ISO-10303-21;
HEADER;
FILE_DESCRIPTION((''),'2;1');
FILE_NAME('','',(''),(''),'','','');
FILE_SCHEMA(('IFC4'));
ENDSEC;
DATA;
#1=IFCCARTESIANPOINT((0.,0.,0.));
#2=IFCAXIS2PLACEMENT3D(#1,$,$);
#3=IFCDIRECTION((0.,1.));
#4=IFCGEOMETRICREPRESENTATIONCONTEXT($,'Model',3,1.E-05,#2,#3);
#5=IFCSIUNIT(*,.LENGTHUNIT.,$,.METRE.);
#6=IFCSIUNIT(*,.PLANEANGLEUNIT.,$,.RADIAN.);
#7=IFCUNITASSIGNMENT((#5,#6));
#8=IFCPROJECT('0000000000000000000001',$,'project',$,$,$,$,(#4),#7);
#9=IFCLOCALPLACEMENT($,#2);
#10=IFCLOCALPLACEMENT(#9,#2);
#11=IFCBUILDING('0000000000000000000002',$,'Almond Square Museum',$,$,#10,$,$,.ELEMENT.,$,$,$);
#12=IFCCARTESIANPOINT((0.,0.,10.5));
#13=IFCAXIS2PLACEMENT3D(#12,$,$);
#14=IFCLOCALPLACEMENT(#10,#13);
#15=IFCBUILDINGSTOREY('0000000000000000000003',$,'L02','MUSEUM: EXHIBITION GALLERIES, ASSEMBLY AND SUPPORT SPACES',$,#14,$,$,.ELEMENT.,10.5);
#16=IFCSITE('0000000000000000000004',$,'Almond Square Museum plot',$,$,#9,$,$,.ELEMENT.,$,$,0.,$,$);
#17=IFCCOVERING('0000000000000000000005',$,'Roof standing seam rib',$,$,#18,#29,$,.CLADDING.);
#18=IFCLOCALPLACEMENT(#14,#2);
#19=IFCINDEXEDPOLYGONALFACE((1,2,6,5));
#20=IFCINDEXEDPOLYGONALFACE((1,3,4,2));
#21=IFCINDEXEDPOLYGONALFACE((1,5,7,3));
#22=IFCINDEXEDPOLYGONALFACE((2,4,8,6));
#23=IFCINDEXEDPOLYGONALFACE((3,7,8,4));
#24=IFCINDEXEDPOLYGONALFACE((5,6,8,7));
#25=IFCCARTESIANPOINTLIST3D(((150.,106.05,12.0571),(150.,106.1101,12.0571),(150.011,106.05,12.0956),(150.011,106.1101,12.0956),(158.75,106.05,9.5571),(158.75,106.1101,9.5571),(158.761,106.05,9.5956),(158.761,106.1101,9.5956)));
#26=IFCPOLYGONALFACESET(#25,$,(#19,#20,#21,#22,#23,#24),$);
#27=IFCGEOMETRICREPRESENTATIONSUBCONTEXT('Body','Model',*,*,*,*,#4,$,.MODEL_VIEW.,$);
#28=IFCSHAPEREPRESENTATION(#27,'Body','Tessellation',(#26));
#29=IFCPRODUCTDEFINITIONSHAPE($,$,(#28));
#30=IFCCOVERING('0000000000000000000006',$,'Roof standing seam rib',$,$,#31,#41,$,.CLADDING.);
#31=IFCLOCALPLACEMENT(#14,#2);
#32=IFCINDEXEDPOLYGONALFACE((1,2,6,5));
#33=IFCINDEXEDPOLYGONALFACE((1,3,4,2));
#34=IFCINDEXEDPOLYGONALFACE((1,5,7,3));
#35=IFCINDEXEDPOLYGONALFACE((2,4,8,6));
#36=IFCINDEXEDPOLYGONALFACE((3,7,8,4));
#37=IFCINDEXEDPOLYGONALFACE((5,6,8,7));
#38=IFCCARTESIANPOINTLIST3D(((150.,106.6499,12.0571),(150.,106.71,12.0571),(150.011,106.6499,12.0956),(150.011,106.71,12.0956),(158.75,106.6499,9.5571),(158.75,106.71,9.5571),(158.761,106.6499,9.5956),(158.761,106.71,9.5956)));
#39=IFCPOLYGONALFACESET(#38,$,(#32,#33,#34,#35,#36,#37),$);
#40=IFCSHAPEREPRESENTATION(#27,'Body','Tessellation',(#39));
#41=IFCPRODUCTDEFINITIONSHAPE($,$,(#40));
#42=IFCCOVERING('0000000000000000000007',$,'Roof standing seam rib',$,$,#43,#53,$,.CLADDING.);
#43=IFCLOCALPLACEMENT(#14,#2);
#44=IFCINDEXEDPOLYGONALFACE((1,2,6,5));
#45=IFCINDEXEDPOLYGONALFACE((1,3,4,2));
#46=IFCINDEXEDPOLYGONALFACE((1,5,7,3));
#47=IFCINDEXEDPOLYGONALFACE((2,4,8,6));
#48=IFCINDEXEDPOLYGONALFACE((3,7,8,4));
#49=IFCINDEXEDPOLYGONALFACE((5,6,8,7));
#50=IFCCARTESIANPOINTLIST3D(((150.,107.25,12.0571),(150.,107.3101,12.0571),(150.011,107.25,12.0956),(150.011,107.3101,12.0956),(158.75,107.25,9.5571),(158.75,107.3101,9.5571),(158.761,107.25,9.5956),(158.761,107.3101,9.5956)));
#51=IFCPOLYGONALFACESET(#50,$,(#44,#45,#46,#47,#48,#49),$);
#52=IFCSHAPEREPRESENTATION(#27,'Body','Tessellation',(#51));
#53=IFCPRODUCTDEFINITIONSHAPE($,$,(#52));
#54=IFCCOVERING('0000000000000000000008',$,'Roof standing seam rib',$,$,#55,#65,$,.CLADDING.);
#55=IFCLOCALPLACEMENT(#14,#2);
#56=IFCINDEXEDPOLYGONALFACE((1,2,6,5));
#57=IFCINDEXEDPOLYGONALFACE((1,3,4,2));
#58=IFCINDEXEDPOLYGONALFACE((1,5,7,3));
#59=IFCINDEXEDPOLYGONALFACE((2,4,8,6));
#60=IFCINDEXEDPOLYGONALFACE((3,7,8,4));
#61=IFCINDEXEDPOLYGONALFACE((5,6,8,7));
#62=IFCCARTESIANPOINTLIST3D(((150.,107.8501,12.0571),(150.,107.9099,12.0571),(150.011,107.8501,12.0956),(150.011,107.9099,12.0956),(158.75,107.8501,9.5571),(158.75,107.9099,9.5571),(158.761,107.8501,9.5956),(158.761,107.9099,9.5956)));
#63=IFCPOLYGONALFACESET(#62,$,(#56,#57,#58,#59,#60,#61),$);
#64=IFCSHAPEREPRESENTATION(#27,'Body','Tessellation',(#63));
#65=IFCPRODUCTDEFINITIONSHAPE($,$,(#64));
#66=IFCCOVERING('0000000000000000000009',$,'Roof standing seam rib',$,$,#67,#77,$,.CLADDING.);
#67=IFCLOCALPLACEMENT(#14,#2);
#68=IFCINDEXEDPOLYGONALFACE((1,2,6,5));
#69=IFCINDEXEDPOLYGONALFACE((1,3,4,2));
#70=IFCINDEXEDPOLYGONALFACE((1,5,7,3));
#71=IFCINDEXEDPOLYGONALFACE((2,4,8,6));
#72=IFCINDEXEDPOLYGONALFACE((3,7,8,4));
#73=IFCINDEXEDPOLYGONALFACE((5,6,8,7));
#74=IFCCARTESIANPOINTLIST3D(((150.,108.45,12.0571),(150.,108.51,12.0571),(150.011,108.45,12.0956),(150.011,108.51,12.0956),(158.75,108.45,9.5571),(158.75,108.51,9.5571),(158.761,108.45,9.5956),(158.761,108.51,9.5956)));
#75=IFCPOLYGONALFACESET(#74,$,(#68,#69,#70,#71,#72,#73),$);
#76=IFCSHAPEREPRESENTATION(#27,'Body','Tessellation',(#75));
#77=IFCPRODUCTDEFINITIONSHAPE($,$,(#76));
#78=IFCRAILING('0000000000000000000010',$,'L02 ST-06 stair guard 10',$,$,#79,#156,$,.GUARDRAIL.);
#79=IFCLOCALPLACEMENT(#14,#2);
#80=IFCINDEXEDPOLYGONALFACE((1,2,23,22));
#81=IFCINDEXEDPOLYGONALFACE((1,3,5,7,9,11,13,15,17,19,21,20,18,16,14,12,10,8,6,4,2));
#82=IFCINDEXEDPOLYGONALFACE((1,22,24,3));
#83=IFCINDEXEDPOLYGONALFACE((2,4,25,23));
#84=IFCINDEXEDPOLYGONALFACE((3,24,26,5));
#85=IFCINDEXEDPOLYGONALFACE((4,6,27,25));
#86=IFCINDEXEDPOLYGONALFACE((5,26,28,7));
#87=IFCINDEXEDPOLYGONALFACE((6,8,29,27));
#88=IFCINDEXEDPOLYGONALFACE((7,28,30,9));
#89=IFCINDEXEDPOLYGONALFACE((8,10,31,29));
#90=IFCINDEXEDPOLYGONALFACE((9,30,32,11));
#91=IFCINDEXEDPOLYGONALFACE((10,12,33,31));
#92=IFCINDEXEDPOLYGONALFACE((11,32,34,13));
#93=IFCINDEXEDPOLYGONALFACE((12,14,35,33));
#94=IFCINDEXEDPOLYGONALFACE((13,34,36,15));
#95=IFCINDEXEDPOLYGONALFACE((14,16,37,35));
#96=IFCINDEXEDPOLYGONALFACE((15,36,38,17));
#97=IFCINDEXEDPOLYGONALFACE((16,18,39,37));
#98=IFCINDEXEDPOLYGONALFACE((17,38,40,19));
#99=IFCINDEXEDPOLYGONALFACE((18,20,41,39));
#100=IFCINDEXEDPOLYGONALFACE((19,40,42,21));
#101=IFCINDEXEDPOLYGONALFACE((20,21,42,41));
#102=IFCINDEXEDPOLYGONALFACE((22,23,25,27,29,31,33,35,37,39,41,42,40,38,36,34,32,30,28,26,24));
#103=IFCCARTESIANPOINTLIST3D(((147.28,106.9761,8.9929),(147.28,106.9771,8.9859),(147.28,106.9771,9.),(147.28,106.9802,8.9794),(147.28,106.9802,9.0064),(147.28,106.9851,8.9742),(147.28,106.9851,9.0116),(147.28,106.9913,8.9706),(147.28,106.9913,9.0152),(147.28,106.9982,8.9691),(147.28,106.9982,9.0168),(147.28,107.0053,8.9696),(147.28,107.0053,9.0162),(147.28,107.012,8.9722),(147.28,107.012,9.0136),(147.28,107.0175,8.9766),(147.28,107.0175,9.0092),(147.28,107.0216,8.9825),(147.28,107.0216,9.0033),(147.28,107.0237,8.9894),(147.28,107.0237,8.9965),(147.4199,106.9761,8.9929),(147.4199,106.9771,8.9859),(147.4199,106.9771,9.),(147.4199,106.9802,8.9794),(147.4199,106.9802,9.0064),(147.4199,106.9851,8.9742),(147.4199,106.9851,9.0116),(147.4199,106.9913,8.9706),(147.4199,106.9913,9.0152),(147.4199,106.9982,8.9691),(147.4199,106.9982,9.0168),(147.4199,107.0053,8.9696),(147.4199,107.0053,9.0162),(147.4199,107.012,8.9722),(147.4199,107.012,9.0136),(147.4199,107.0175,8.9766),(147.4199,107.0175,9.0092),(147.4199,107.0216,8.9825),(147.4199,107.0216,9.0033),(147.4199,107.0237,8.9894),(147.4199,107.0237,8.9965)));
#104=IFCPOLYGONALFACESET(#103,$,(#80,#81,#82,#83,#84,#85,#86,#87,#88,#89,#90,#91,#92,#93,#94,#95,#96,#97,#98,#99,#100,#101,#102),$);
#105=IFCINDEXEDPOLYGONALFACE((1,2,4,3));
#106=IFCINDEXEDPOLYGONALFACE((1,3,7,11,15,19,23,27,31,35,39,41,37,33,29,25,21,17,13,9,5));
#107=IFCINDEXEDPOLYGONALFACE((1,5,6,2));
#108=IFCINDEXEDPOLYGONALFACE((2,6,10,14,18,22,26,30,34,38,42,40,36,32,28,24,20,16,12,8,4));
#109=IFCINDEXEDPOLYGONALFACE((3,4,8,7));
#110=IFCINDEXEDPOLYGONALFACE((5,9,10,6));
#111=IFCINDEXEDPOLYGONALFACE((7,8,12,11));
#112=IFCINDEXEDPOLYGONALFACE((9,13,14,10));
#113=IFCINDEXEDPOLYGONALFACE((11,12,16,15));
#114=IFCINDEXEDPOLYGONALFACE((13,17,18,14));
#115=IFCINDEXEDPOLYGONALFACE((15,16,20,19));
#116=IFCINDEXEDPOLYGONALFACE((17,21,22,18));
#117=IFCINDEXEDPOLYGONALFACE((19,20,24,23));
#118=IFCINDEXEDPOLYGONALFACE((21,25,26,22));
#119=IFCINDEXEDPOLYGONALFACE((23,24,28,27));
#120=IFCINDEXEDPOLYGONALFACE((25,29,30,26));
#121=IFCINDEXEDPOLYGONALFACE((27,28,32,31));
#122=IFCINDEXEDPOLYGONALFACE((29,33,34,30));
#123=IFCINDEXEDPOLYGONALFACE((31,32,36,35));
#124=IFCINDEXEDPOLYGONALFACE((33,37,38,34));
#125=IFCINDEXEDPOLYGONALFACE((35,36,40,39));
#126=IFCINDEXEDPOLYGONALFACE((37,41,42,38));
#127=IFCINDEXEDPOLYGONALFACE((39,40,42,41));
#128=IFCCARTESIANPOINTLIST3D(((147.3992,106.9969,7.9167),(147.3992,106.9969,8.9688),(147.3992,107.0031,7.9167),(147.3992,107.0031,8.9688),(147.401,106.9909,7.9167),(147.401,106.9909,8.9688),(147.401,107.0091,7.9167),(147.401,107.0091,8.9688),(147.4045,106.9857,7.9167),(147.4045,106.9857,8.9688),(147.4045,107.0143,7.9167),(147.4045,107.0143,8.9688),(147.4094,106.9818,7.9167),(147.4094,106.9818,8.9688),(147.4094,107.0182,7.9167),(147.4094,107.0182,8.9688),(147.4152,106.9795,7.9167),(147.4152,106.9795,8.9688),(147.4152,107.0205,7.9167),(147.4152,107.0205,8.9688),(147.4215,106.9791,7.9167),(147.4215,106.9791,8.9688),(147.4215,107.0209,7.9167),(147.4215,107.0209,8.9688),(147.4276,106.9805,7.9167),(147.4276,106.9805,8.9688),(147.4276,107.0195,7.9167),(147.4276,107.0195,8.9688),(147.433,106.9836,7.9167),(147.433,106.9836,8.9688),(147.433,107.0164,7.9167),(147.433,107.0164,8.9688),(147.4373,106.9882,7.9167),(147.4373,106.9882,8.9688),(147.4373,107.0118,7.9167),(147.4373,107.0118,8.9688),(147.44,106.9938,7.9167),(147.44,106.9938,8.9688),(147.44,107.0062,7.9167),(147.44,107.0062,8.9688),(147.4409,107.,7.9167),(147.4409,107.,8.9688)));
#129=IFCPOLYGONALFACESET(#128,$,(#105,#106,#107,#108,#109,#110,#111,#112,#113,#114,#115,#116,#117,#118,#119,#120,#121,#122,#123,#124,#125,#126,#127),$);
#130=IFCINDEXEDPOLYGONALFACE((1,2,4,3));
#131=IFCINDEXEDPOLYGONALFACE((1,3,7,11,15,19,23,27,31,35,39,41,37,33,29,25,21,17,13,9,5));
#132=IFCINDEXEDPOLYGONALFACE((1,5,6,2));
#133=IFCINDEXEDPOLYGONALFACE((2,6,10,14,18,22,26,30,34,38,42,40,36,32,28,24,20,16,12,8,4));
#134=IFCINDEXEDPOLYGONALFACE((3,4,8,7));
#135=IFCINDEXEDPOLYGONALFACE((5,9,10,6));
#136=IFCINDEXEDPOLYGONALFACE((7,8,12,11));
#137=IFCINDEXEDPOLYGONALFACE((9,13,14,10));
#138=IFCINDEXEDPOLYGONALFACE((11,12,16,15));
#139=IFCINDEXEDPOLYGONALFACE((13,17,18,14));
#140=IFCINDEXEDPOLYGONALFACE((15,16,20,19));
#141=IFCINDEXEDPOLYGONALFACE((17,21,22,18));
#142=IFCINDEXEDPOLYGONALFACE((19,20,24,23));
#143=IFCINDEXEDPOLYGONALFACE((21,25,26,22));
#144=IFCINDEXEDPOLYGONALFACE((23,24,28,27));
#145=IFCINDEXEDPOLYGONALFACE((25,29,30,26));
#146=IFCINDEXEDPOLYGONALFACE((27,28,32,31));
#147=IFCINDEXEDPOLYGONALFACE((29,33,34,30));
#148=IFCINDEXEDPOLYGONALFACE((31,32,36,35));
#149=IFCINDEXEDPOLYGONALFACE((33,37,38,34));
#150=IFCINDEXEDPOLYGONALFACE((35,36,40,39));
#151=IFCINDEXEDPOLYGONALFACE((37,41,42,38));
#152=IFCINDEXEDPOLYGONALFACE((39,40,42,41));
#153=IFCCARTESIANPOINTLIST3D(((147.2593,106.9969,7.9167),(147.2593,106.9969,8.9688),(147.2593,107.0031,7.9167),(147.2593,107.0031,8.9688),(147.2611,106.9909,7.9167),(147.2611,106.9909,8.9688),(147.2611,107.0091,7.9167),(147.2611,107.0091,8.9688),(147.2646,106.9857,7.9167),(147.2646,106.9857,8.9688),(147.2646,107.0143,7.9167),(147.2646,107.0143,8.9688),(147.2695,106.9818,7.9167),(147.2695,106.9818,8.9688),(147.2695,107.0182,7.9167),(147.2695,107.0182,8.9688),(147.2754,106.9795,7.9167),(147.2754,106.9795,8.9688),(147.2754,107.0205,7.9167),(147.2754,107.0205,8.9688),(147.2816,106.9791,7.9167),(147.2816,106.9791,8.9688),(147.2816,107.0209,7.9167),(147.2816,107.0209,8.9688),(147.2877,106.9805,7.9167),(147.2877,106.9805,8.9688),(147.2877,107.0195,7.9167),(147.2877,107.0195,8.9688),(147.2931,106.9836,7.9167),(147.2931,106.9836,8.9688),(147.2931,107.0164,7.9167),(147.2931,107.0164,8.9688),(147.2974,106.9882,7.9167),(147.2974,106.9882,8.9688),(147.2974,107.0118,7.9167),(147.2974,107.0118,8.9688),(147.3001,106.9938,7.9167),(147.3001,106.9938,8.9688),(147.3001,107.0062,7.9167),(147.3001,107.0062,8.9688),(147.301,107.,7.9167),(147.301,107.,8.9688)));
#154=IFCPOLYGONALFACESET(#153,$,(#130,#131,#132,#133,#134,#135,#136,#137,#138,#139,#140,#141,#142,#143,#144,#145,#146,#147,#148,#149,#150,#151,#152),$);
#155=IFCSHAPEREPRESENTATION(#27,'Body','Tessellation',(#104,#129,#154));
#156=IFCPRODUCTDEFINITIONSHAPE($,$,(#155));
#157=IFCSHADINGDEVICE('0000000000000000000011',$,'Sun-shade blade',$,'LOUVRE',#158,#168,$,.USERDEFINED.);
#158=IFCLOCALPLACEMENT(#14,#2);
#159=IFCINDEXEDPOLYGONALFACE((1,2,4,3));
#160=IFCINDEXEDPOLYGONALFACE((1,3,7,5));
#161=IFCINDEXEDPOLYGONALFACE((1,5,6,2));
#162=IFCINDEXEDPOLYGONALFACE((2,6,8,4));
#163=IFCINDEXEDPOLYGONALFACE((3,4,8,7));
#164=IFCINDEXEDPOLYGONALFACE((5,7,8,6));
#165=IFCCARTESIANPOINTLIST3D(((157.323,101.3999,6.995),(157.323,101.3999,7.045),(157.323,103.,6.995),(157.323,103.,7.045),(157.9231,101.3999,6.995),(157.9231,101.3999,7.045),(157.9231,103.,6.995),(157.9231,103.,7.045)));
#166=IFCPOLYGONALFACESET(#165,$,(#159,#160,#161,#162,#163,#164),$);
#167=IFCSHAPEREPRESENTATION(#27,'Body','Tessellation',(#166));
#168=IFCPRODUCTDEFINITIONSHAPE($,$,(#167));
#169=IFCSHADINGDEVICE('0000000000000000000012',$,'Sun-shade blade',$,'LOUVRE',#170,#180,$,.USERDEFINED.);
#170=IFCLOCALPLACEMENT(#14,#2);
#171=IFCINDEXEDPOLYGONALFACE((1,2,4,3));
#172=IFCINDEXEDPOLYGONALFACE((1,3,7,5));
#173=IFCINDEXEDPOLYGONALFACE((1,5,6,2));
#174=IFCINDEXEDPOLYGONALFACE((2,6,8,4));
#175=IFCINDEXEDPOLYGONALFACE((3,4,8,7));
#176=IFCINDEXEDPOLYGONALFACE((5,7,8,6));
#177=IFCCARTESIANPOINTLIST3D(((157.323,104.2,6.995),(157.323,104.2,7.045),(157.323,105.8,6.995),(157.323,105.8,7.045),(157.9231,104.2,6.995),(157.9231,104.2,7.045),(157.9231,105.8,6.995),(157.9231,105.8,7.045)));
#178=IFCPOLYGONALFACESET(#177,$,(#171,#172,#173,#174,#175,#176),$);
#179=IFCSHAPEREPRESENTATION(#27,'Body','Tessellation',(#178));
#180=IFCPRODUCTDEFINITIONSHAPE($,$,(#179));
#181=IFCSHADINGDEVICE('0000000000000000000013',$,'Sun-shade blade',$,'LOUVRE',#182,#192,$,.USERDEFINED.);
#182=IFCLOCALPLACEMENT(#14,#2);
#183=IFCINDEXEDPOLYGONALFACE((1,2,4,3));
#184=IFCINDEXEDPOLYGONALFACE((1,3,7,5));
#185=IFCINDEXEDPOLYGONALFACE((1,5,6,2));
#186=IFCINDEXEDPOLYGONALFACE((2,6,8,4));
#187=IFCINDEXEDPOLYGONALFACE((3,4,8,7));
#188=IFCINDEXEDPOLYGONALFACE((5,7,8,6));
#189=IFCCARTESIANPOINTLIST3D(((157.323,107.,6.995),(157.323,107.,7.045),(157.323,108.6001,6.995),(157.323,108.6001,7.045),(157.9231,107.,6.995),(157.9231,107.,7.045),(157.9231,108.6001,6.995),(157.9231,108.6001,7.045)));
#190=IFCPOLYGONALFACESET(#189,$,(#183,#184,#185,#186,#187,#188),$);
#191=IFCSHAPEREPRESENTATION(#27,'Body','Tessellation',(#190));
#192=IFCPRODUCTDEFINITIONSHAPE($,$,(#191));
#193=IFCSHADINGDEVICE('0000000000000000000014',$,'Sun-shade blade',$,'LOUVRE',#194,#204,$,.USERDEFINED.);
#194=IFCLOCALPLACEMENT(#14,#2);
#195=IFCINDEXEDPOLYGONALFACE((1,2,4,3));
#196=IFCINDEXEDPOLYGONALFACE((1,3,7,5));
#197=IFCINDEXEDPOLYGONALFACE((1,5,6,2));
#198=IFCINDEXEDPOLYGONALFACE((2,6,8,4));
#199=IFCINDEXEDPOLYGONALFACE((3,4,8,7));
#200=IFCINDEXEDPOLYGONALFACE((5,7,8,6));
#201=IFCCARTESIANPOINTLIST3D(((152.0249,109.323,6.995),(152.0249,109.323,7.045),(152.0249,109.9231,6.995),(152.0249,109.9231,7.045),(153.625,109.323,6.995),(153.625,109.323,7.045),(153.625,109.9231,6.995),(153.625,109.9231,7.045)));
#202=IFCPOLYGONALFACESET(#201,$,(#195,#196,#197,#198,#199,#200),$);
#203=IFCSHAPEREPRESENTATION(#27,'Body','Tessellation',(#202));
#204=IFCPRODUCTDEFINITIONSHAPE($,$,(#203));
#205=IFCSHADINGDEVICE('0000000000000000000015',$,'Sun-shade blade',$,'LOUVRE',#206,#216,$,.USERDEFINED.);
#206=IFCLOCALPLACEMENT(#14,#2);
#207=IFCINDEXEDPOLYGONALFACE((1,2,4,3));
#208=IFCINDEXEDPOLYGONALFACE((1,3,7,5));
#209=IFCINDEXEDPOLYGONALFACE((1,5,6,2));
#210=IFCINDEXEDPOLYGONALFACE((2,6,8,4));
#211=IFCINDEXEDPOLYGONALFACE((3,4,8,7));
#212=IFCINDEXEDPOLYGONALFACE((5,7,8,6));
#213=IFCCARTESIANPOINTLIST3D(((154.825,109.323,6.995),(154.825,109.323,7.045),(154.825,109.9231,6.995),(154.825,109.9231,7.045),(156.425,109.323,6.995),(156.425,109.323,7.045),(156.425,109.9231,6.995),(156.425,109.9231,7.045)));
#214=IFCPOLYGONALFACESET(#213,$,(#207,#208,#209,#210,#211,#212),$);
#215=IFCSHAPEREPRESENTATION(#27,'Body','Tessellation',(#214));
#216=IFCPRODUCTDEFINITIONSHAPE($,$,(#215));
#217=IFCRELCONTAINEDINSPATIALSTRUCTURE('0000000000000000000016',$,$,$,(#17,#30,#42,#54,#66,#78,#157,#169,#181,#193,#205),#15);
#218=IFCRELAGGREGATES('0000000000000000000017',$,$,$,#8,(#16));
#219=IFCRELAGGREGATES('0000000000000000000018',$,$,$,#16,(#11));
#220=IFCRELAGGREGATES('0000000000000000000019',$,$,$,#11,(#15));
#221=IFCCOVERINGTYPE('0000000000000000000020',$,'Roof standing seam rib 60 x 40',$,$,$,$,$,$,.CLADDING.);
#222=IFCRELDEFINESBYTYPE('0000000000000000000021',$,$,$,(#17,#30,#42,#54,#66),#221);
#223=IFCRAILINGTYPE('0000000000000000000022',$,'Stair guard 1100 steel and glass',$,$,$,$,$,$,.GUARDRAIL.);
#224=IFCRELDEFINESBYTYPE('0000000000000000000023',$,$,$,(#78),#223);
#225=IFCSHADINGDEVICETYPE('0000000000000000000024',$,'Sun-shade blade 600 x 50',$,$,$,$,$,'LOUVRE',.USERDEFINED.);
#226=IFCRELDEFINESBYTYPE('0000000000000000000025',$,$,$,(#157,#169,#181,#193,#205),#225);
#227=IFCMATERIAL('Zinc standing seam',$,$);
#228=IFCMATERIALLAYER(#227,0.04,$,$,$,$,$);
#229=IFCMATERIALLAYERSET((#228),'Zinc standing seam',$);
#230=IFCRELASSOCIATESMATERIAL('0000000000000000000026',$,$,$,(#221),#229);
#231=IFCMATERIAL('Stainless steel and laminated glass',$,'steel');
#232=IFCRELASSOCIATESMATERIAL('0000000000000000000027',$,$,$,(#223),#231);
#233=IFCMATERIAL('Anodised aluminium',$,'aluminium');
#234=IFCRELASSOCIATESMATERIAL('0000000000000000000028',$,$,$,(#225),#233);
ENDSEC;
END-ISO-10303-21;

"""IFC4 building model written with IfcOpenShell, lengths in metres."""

from ifc_helpers import new_model, si_unit, direction, frame, origin, origin_2d, place, context, subcontext, project, spatial, polyline, rectangle, circle, outline, extrude, material, layer, layer_set, material_profile, profile_set, type_object, element, save


model = new_model("IFC4")

# Units and contexts
model_context = context("Model", 3, precision=1e-05, world=origin(), true_north=direction((0.0, 1.0)))
body_context = subcontext(model_context, "Body", "Model", "MODEL_VIEW")
ifc_project = project(units=[si_unit("LENGTHUNIT", "METRE"), si_unit("PLANEANGLEUNIT", "RADIAN")], contexts=[model_context])

# Site, building, storey
site_placement = place(None, origin())
site = spatial("IfcSite", under=ifc_project, at=site_placement, Name="Almond Square Museum plot", CompositionType="ELEMENT", RefElevation=0.0)
building_placement = place(site_placement, origin())
building = spatial("IfcBuilding", under=site, at=building_placement, Name="Almond Square Museum", CompositionType="ELEMENT")
storey_placement = place(building_placement, frame((0.0, 0.0, 10.5)))
storey = spatial("IfcBuildingStorey", under=building, at=storey_placement, Name="L02", Description="MUSEUM: EXHIBITION GALLERIES, ASSEMBLY AND SUPPORT SPACES", CompositionType="ELEMENT", Elevation=10.5)

# Coverings
ifc_material_1 = material(Name="Zinc standing seam")
ifc_layer = layer(ifc_material_1, 0.04)
ifc_layer_set = layer_set([ifc_layer], Name="Zinc standing seam")
covering_type = type_object("IfcCoveringType", Name="Roof standing seam rib 60 x 40", PredefinedType="CLADDING", material=ifc_layer_set)
for number, where, z_axis, x_axis, name in (
    (1, (158.75, 106.1101, 9.5571), (0.274721, 0.0, 0.961524), (-0.961524, 0.0, 0.274721), "Roof standing seam rib"),
    (2, (158.75, 106.71, 9.5571), (0.274721, 0.0, 0.961524), (-0.961524, 0.0, 0.274721), "Roof standing seam rib"),
    (3, (158.75, 107.3101, 9.5571), (0.274721, 0.0, 0.961524), (-0.961524, 0.0, 0.274721), "Roof standing seam rib"),
):
    element("IfcCovering", number, at=place(storey_placement, frame(where, z_axis=z_axis, x_axis=x_axis)), inside=storey, type_object=covering_type, Name=name, PredefinedType="CLADDING", context=body_context, shape_type="SweptSolid", body=[
        extrude(outline(polyline([(0.0, 0.0), (9.1001, 0.0), (9.1001, 0.0601), (0.0, 0.0601), (0.0, 0.0)])), origin(), (0.0, 0.0, 1.0), 0.04),
    ])
covering_1_placement = place(storey_placement, frame((158.75, 107.9099, 9.5571), z_axis=(0.274721, 0.0, 0.961524), x_axis=(-0.961524, 0.0, 0.274721)))
element("IfcCovering", 4, at=covering_1_placement, inside=storey, type_object=covering_type, Name="Roof standing seam rib", PredefinedType="CLADDING", context=body_context, shape_type="SweptSolid", body=[
    extrude(outline(polyline([(0.0, 0.0), (9.1001, 0.0), (9.1001, 0.0598), (0.0, 0.0598), (0.0, 0.0)])), origin(), (0.0, 0.0, 1.0), 0.04),
])
covering_2_placement = place(storey_placement, frame((158.75, 108.51, 9.5571), z_axis=(0.274721, 0.0, 0.961524), x_axis=(-0.961524, 0.0, 0.274721)))
element("IfcCovering", 5, at=covering_2_placement, inside=storey, type_object=covering_type, Name="Roof standing seam rib", PredefinedType="CLADDING", context=body_context, shape_type="SweptSolid", body=[
    extrude(outline(polyline([(0.0, 0.0), (9.1001, 0.0), (9.1001, 0.0601), (0.0, 0.0601), (0.0, 0.0)])), origin(), (0.0, 0.0, 1.0), 0.04),
])

# Railing
ifc_material_2 = material(Name="Stainless steel and laminated glass", Category="steel")
railing_type = type_object("IfcRailingType", Name="Stair guard 1100 steel and glass", PredefinedType="GUARDRAIL", material=ifc_material_2)
railing_placement = place(storey_placement, frame((147.4199, 107.0, 7.9167)))
element("IfcRailing", 6, at=railing_placement, inside=storey, type_object=railing_type, Name="L02 ST-06 stair guard 10", PredefinedType="GUARDRAIL", context=body_context, shape_type="SweptSolid", body=[
    extrude(circle(Radius=0.0239, at=origin_2d()), frame((0.0, 0.0, 1.0762), z_axis=(-1.0, 0.0, 0.0), x_axis=(0.0, -1.0, 0.0)), (0.0, 0.0, 1.0), 0.1399),
    extrude(circle(Radius=0.021, at=origin_2d()), origin(), (0.0, 0.0, 1.0), 1.052),
    extrude(circle(Radius=0.021, at=origin_2d()), frame((-0.1399, 0.0, 0.0)), (0.0, 0.0, 1.0), 1.052),
])

# Shading devices
ifc_material_3 = material(Name="Anodised aluminium", Category="aluminium")
ifc_material_profile_1 = material_profile(ifc_material_3, rectangle(XDim=0.6001, YDim=0.05, at=origin_2d()))
ifc_profile_set_1 = profile_set([ifc_material_profile_1], Name="Anodised aluminium")
shading_device_type = type_object("IfcShadingDeviceType", Name="Sun-shade blade 600 x 50", ElementType="LOUVRE", PredefinedType="USERDEFINED", material=ifc_profile_set_1)
for number, where, z_axis, x_axis, name in (
    (7, (157.623, 101.3999, 7.02), (0.0, 1.0, 0.0), (-1.0, 0.0, 0.0), "Sun-shade blade"),
    (8, (157.623, 104.2, 7.02), (0.0, 1.0, 0.0), (-1.0, 0.0, 0.0), "Sun-shade blade"),
    (9, (157.623, 107.0, 7.02), (0.0, 1.0, 0.0), (-1.0, 0.0, 0.0), "Sun-shade blade"),
    (10, (152.0249, 109.623, 7.02), (1.0, 0.0, 0.0), (0.0, 1.0, 0.0), "Sun-shade blade"),
    (11, (154.825, 109.623, 7.02), (1.0, 0.0, 0.0), (0.0, 1.0, 0.0), "Sun-shade blade"),
):
    element("IfcShadingDevice", number, at=place(storey_placement, frame(where, z_axis=z_axis, x_axis=x_axis)), inside=storey, type_object=shading_device_type, Name=name, ObjectType="LOUVRE", PredefinedType="USERDEFINED", context=body_context, shape_type="SweptSolid", body=[
        extrude(rectangle(XDim=0.6001, YDim=0.05, at=origin_2d()), origin(), (0.0, 0.0, 1.0), 1.6001),
    ])

save(model, "model.ifc")
